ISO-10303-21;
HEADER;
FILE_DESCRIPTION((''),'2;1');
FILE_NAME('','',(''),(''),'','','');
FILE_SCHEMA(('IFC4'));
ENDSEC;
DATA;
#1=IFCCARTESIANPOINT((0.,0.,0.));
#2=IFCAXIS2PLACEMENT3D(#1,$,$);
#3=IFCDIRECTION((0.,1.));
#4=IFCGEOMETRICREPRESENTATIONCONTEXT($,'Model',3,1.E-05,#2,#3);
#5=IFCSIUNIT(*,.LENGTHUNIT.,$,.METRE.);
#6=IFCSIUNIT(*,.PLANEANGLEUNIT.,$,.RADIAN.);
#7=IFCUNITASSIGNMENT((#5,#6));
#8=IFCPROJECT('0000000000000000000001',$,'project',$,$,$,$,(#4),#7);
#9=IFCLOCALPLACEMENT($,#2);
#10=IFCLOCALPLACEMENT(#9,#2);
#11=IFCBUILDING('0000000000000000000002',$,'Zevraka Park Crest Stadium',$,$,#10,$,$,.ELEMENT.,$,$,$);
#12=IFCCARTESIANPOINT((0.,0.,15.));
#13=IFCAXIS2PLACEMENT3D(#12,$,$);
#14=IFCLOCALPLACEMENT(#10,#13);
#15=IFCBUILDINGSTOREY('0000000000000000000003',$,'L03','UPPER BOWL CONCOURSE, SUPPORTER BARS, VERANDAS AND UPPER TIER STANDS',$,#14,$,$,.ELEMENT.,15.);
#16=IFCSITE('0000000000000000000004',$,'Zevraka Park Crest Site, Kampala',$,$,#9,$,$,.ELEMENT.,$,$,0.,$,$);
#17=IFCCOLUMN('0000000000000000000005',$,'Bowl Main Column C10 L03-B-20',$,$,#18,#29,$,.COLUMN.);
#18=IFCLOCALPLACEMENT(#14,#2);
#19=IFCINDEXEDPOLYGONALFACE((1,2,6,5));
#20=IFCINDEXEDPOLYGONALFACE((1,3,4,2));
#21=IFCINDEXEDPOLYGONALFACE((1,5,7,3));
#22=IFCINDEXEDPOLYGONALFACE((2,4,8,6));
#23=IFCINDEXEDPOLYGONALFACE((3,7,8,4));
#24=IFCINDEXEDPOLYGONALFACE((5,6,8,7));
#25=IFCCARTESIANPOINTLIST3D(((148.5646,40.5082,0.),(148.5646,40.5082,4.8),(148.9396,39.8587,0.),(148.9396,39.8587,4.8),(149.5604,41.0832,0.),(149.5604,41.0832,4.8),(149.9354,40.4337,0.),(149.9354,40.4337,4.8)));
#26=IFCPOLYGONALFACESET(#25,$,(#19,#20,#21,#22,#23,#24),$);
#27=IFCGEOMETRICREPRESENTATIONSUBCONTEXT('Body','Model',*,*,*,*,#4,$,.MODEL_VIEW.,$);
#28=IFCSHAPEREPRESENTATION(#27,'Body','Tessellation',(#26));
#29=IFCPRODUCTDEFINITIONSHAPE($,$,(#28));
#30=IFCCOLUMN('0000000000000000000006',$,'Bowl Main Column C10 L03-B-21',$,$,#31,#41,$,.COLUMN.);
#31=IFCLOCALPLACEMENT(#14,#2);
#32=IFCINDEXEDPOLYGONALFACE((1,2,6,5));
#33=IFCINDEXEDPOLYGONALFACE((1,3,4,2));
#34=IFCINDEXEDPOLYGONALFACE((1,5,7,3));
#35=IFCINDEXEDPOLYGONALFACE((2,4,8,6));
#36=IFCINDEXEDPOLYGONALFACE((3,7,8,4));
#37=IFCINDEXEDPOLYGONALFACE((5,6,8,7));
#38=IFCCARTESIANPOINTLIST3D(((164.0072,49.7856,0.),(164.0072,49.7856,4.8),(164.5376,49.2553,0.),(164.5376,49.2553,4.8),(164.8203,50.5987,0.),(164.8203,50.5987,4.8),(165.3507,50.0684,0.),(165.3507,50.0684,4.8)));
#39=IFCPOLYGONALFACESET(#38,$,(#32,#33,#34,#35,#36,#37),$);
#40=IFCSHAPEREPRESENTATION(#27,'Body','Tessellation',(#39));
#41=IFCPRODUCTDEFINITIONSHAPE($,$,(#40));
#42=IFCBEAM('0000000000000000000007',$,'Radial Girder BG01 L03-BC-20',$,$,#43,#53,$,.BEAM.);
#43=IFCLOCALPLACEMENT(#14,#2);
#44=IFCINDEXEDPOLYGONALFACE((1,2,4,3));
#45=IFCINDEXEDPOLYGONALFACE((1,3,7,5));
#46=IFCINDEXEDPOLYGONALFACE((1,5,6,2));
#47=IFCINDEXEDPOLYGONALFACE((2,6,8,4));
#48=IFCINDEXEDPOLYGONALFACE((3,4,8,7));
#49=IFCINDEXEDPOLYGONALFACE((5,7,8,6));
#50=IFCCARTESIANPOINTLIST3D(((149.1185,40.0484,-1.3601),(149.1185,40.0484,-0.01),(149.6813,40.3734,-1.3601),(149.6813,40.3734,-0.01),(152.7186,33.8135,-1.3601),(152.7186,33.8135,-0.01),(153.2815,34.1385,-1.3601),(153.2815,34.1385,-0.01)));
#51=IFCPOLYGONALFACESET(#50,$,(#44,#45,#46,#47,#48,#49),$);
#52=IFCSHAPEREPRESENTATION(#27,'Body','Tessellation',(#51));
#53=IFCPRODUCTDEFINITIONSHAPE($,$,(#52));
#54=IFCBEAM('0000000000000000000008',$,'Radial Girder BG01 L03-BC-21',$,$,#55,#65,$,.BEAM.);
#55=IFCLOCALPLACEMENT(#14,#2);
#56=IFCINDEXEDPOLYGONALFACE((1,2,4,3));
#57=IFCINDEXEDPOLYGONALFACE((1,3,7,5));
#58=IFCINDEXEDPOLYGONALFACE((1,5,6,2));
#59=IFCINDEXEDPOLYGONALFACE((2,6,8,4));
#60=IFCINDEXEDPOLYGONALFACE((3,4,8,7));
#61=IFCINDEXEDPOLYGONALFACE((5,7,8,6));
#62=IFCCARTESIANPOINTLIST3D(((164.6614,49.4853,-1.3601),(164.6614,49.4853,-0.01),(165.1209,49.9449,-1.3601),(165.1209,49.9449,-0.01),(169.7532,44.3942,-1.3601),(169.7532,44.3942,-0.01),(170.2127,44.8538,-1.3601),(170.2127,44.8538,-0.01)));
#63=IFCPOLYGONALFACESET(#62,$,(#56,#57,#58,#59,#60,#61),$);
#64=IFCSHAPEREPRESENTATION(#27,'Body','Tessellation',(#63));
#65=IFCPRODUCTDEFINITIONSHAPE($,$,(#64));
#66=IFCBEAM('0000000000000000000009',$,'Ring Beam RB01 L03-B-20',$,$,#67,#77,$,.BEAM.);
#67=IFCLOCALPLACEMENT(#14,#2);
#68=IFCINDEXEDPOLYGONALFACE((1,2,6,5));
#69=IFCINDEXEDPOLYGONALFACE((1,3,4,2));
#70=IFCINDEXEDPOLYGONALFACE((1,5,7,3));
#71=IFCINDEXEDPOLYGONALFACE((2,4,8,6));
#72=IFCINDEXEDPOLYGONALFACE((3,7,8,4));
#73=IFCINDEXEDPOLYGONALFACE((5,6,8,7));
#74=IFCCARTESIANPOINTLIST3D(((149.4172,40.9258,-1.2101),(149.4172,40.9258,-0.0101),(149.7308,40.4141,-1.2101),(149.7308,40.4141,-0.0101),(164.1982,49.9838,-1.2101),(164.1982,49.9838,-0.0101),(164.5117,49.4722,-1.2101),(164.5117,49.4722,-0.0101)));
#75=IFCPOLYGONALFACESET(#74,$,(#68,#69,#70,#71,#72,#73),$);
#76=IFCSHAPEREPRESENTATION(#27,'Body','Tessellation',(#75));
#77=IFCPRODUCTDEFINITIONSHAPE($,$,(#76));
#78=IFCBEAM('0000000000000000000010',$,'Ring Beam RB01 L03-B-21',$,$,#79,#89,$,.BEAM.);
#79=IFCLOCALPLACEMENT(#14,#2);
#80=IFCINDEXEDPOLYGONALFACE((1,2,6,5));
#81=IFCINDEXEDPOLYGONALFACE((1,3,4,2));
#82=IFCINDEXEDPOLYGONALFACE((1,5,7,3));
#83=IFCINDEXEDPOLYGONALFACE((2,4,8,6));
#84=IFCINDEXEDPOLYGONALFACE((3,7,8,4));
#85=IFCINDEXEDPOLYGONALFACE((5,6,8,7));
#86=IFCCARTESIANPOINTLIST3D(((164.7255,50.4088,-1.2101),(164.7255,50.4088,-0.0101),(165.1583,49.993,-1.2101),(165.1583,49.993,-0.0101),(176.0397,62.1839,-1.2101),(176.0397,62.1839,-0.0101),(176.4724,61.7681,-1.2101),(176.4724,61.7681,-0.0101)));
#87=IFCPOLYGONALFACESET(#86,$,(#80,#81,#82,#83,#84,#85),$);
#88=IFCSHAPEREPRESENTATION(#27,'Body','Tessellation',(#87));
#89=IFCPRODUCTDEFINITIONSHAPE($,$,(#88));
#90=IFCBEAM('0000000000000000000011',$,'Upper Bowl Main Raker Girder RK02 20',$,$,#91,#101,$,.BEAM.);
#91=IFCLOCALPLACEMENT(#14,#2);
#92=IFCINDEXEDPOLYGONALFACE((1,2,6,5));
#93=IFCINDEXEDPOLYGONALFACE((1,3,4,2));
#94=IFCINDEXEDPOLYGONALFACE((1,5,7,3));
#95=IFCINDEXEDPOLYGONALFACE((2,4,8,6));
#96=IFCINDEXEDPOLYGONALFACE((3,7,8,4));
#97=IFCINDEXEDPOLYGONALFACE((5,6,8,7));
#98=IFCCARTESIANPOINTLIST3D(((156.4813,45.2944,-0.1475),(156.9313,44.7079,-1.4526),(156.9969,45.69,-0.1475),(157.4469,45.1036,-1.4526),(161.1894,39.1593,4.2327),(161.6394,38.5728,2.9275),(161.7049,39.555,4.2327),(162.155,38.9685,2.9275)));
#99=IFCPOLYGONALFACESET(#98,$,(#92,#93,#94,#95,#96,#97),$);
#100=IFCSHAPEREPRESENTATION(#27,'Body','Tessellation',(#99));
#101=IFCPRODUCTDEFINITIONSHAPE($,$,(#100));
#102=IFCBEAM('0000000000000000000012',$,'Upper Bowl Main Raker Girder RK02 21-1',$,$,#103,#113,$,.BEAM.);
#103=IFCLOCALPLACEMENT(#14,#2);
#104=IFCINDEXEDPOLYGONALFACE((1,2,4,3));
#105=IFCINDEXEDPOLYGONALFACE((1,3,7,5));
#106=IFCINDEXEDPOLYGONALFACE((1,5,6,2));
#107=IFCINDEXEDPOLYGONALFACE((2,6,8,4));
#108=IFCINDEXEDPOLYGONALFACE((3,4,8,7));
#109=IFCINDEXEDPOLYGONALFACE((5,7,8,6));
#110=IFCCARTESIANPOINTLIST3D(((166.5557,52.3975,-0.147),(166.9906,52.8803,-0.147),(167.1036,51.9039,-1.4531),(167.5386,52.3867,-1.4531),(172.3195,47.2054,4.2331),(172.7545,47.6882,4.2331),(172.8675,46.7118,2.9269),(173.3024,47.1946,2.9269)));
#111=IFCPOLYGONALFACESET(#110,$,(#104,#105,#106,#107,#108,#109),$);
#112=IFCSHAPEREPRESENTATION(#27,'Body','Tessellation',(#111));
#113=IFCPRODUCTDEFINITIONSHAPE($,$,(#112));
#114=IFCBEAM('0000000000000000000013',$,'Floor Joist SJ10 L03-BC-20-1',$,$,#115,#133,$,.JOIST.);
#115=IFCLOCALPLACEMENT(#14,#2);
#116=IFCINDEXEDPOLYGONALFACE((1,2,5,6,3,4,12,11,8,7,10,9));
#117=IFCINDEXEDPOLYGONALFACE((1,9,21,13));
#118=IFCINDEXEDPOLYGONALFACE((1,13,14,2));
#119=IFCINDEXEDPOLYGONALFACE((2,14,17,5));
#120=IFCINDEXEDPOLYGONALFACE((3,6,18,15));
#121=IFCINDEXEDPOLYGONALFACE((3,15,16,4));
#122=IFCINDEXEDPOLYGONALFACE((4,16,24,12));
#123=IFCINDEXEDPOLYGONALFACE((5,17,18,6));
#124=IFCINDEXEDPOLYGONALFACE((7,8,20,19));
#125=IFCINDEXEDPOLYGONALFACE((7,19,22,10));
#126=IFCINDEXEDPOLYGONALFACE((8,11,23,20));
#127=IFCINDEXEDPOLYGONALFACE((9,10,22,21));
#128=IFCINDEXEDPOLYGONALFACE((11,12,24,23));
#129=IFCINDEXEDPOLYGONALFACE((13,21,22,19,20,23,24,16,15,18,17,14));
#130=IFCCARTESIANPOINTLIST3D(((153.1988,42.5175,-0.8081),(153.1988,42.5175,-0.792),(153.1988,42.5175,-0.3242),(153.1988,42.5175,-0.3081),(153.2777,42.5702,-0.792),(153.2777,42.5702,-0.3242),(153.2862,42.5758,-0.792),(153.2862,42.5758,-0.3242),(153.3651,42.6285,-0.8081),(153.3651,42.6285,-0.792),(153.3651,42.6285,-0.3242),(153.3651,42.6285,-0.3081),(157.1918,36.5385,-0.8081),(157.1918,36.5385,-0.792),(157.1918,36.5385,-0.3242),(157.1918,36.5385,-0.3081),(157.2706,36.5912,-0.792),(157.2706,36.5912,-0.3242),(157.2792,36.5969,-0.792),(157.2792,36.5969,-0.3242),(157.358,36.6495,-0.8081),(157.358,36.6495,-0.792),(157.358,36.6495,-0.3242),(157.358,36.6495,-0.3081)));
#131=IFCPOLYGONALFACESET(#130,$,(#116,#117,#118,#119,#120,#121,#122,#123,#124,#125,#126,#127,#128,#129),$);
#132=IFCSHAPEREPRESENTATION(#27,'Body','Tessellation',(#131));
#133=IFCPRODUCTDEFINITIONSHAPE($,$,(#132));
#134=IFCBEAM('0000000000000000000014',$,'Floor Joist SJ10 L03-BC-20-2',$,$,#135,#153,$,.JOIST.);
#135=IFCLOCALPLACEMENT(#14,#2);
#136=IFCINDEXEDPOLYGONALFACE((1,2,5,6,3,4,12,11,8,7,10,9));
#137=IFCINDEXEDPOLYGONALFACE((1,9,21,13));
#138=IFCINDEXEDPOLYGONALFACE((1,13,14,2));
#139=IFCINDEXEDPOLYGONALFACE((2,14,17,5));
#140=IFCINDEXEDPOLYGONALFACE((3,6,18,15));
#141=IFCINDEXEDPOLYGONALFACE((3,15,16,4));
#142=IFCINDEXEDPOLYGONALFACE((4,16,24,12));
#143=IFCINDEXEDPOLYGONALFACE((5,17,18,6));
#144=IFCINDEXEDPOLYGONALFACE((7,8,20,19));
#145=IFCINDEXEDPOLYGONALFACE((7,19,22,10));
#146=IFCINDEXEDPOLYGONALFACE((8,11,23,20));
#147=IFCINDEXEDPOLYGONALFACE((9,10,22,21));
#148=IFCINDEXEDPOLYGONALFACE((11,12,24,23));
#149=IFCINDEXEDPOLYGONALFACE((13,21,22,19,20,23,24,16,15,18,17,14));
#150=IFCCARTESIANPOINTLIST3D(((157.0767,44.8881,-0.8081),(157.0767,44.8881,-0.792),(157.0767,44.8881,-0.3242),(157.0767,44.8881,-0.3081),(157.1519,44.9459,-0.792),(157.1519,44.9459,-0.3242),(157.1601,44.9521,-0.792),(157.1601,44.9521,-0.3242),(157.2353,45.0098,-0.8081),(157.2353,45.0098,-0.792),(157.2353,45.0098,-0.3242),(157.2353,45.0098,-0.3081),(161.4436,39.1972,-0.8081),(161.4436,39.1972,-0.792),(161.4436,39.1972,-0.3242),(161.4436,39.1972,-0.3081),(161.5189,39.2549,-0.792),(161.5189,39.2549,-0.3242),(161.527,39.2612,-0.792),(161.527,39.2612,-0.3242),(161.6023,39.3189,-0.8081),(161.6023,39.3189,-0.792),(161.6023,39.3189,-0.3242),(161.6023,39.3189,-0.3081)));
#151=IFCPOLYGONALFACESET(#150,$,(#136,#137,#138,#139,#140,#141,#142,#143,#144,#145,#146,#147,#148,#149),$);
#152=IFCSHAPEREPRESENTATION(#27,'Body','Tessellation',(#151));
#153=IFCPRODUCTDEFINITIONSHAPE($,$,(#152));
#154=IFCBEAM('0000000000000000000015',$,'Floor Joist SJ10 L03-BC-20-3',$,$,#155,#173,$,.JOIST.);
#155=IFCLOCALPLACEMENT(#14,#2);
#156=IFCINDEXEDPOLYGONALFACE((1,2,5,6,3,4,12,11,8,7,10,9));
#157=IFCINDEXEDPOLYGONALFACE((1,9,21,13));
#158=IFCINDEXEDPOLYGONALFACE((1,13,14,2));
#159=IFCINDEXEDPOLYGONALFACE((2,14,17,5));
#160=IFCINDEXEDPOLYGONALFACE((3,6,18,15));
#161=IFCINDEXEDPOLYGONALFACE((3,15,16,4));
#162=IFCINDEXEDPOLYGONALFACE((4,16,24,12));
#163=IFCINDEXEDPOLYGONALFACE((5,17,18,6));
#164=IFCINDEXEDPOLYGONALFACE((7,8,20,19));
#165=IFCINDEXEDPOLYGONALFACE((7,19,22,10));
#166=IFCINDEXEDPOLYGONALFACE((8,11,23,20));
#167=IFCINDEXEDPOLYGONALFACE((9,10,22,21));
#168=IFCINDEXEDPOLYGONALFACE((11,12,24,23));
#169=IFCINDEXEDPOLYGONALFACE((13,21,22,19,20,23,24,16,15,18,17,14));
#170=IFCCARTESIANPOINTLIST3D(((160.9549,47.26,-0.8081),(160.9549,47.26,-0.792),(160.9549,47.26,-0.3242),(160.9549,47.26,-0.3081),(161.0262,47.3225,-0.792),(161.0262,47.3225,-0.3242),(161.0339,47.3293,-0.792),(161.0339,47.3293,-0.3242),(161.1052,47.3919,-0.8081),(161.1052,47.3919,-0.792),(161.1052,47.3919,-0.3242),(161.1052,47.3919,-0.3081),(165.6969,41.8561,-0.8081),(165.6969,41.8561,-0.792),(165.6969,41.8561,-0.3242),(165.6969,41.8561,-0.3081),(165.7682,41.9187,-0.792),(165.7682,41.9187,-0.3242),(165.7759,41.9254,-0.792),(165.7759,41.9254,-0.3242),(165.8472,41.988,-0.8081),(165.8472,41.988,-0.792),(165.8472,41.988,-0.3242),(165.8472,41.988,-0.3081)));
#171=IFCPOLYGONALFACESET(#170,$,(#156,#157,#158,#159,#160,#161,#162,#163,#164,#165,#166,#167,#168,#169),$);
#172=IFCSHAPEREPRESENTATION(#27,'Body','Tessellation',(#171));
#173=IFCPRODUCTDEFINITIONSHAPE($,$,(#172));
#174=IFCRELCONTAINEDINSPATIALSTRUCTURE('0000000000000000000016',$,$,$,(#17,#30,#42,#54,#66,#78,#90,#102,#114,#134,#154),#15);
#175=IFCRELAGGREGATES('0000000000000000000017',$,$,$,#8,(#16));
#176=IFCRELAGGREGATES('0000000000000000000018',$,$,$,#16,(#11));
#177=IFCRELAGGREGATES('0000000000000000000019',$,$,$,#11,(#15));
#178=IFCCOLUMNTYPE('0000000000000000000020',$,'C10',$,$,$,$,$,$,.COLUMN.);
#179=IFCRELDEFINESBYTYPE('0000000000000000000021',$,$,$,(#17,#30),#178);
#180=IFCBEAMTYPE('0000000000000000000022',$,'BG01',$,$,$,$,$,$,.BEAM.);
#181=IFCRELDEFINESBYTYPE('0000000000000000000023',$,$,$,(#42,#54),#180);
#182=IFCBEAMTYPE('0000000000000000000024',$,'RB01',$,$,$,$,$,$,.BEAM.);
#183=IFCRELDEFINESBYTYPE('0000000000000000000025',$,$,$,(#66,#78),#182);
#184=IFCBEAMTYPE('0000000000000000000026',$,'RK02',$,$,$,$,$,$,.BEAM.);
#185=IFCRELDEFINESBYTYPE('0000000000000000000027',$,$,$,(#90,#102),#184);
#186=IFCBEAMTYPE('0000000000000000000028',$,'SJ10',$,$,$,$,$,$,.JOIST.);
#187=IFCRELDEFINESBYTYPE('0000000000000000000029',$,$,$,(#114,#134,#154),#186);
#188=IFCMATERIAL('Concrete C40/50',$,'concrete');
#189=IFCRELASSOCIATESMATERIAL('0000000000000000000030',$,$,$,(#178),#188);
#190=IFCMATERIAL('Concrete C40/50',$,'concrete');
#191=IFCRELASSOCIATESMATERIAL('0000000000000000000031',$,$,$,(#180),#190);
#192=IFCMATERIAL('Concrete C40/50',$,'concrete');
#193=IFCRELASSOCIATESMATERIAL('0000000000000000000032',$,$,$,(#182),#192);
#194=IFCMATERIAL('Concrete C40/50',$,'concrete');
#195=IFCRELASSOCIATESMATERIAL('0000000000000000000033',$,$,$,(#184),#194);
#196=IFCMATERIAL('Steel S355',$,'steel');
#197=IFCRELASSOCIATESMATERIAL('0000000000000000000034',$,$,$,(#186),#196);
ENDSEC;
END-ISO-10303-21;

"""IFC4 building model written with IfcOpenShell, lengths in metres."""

from ifc_helpers import new_model, si_unit, direction, frame, origin, origin_2d, place, context, subcontext, project, spatial, rectangle, i_section, extrude, material, material_profile, profile_set, type_object, element, save


model = new_model("IFC4")

# Units and contexts
model_context = context("Model", 3, precision=1e-05, world=origin(), true_north=direction((0.0, 1.0)))
body_context = subcontext(model_context, "Body", "Model", "MODEL_VIEW")
ifc_project = project(units=[si_unit("LENGTHUNIT", "METRE"), si_unit("PLANEANGLEUNIT", "RADIAN")], contexts=[model_context])

# Site, building, storey
site_placement = place(None, origin())
site = spatial("IfcSite", under=ifc_project, at=site_placement, Name="Zevraka Park Crest Site, Kampala", CompositionType="ELEMENT", RefElevation=0.0)
building_placement = place(site_placement, origin())
building = spatial("IfcBuilding", under=site, at=building_placement, Name="Zevraka Park Crest Stadium", CompositionType="ELEMENT")
storey_placement = place(building_placement, frame((0.0, 0.0, 15.0)))
storey = spatial("IfcBuildingStorey", under=building, at=storey_placement, Name="L03", Description="UPPER BOWL CONCOURSE, SUPPORTER BARS, VERANDAS AND UPPER TIER STANDS", CompositionType="ELEMENT", Elevation=15.0)

# Columns
ifc_material_1 = material(Name="Concrete C40/50", Category="concrete")
ifc_material_profile_1 = material_profile(ifc_material_1, rectangle(XDim=0.75, YDim=1.1499, at=origin_2d()), Name="RC 1150x750")
ifc_profile_set_1 = profile_set([ifc_material_profile_1], Name="Concrete C40/50")
column_type = type_object("IfcColumnType", Name="C10", PredefinedType="COLUMN", material=ifc_profile_set_1)
for number, where, z_axis, x_axis, name in (
    (1, (149.25, 40.4709, 0.0), (0.0, 0.0, 1.0), (-0.5, 0.866025, 0.0), "Bowl Main Column C10 L03-B-20"),
    (2, (164.679, 49.927, 0.0), (0.0, 0.0, 1.0), (-0.707107, 0.707107, 0.0), "Bowl Main Column C10 L03-B-21"),
):
    element("IfcColumn", number, at=place(storey_placement, frame(where, z_axis=z_axis, x_axis=x_axis)), inside=storey, type_object=column_type, Name=name, PredefinedType="COLUMN", context=body_context, shape_type="SweptSolid", body=[
        extrude(rectangle(XDim=0.75, YDim=1.1499, at=origin_2d()), origin(), (0.0, 0.0, 1.0), 4.8),
    ])

# Beams
ifc_material_2 = material(Name="Concrete C40/50", Category="concrete")
ifc_material_profile_2 = material_profile(ifc_material_2, rectangle(XDim=0.6499, YDim=1.3501, at=origin_2d()), Name="RC 1350x650")
ifc_profile_set_2 = profile_set([ifc_material_profile_2], Name="Concrete C40/50")
beam_type_1 = type_object("IfcBeamType", Name="BG01", PredefinedType="BEAM", material=ifc_profile_set_2)
beam_1_placement = place(storey_placement, frame((149.3999, 40.2109, -0.6851), z_axis=(0.500041, -0.866001, 0.0), x_axis=(0.866001, 0.500041, 0.0)))
element("IfcBeam", 3, at=beam_1_placement, inside=storey, type_object=beam_type_1, Name="Radial Girder BG01 L03-BC-20", PredefinedType="BEAM", context=body_context, shape_type="SweptSolid", body=[
    extrude(rectangle(XDim=0.6499, YDim=1.3501, at=origin_2d()), origin(), (0.0, 0.0, 1.0), 7.1997),
])
beam_2_placement = place(storey_placement, frame((164.8911, 49.7151, -0.6851), z_axis=(0.707158, -0.707056, 0.0), x_axis=(0.707056, 0.707158, 0.0)))
element("IfcBeam", 4, at=beam_2_placement, inside=storey, type_object=beam_type_1, Name="Radial Girder BG01 L03-BC-21", PredefinedType="BEAM", context=body_context, shape_type="SweptSolid", body=[
    extrude(rectangle(XDim=0.6499, YDim=1.3501, at=origin_2d()), origin(), (0.0, 0.0, 1.0), 7.2004),
])
ifc_material_3 = material(Name="Concrete C40/50", Category="concrete")
ifc_material_profile_3 = material_profile(ifc_material_3, rectangle(XDim=0.6001, YDim=1.2, at=origin_2d()), Name="RC 1200x600")
ifc_profile_set_3 = profile_set([ifc_material_profile_3], Name="Concrete C40/50")
beam_type_2 = type_object("IfcBeamType", Name="RB01", PredefinedType="BEAM", material=ifc_profile_set_3)
beam_3_placement = place(storey_placement, frame((149.574, 40.6699, -0.6101), z_axis=(0.852633, 0.522511, 0.0), x_axis=(-0.522511, 0.852633, 0.0)))
element("IfcBeam", 5, at=beam_3_placement, inside=storey, type_object=beam_type_2, Name="Ring Beam RB01 L03-B-20", PredefinedType="BEAM", context=body_context, shape_type="SweptSolid", body=[
    extrude(rectangle(XDim=0.6001, YDim=1.2, at=origin_2d()), origin(), (0.0, 0.0, 1.0), 17.3357),
])
beam_4_placement = place(storey_placement, frame((164.9419, 50.2009, -0.6101), z_axis=(0.692853, 0.721079, 0.0), x_axis=(-0.721079, 0.692853, 0.0)))
element("IfcBeam", 6, at=beam_4_placement, inside=storey, type_object=beam_type_2, Name="Ring Beam RB01 L03-B-21", PredefinedType="BEAM", context=body_context, shape_type="SweptSolid", body=[
    extrude(rectangle(XDim=0.6001, YDim=1.2, at=origin_2d()), origin(), (0.0, 0.0, 1.0), 16.3298),
])
ifc_material_4 = material(Name="Concrete C40/50", Category="concrete")
ifc_material_profile_4 = material_profile(ifc_material_4, rectangle(XDim=0.6499, YDim=1.5, at=origin_2d()), Name="RC 1500x650")
ifc_profile_set_4 = profile_set([ifc_material_profile_4], Name="Concrete C40/50")
beam_type_3 = type_object("IfcBeamType", Name="RK02", PredefinedType="BEAM", material=ifc_profile_set_4)
beam_5_placement = place(storey_placement, frame((156.9641, 45.199, -0.8), z_axis=(0.529728, -0.69029, 0.492836), x_axis=(0.793325, 0.608798, 0.0)))
element("IfcBeam", 7, at=beam_5_placement, inside=storey, type_object=beam_type_3, Name="Upper Bowl Main Raker Girder RK02 20", PredefinedType="BEAM", context=body_context, shape_type="SweptSolid", body=[
    extrude(rectangle(XDim=0.6499, YDim=1.5, at=origin_2d()), origin(), (0.0, 0.0, 1.0), 8.8877),
])
beam_6_placement = place(storey_placement, frame((167.0471, 52.3921, -0.8), z_axis=(0.646992, -0.582811, 0.491663), x_axis=(0.669293, 0.742998, 0.0)))
element("IfcBeam", 8, at=beam_6_placement, inside=storey, type_object=beam_type_3, Name="Upper Bowl Main Raker Girder RK02 21-1", PredefinedType="BEAM", context=body_context, shape_type="SweptSolid", body=[
    extrude(rectangle(XDim=0.6499, YDim=1.5, at=origin_2d()), origin(), (0.0, 0.0, 1.0), 8.9087),
])
ifc_material_5 = material(Name="Steel S355", Category="steel")
ifc_material_profile_5 = material_profile(ifc_material_5, i_section(OverallWidth=0.2, OverallDepth=0.5, WebThickness=0.0103, FlangeThickness=0.0161, at=origin_2d()), Name="IPE 500")
ifc_profile_set_5 = profile_set([ifc_material_profile_5], Name="Steel S355")
beam_type_4 = type_object("IfcBeamType", Name="SJ10", PredefinedType="JOIST", material=ifc_profile_set_5)
beam_7_placement = place(storey_placement, frame((153.282, 42.573, -0.5581), z_axis=(0.555366, -0.831606, 0.0), x_axis=(0.831606, 0.555366, 0.0)))
element("IfcBeam", 9, at=beam_7_placement, inside=storey, type_object=beam_type_4, Name="Floor Joist SJ10 L03-BC-20-1", PredefinedType="JOIST", context=body_context, shape_type="SweptSolid", body=[
    extrude(i_section(OverallWidth=0.2, OverallDepth=0.5, WebThickness=0.0103, FlangeThickness=0.0161, at=origin_2d()), origin(), (0.0, 0.0, 1.0), 7.1897),
])
beam_8_placement = place(storey_placement, frame((157.156, 44.949, -0.5581), z_axis=(0.608774, -0.793343, 0.0), x_axis=(0.793343, 0.608774, 0.0)))
element("IfcBeam", 10, at=beam_8_placement, inside=storey, type_object=beam_type_4, Name="Floor Joist SJ10 L03-BC-20-2", PredefinedType="JOIST", context=body_context, shape_type="SweptSolid", body=[
    extrude(i_section(OverallWidth=0.2, OverallDepth=0.5, WebThickness=0.0103, FlangeThickness=0.0161, at=origin_2d()), origin(), (0.0, 0.0, 1.0), 7.1733),
])
beam_9_placement = place(storey_placement, frame((161.03, 47.3259, -0.5581), z_axis=(0.659576, -0.751638, 0.0), x_axis=(0.751638, 0.659576, 0.0)))
element("IfcBeam", 11, at=beam_9_placement, inside=storey, type_object=beam_type_4, Name="Floor Joist SJ10 L03-BC-20-3", PredefinedType="JOIST", context=body_context, shape_type="SweptSolid", body=[
    extrude(i_section(OverallWidth=0.2, OverallDepth=0.5, WebThickness=0.0103, FlangeThickness=0.0161, at=origin_2d()), origin(), (0.0, 0.0, 1.0), 7.1895),
])

save(model, "model.ifc")
